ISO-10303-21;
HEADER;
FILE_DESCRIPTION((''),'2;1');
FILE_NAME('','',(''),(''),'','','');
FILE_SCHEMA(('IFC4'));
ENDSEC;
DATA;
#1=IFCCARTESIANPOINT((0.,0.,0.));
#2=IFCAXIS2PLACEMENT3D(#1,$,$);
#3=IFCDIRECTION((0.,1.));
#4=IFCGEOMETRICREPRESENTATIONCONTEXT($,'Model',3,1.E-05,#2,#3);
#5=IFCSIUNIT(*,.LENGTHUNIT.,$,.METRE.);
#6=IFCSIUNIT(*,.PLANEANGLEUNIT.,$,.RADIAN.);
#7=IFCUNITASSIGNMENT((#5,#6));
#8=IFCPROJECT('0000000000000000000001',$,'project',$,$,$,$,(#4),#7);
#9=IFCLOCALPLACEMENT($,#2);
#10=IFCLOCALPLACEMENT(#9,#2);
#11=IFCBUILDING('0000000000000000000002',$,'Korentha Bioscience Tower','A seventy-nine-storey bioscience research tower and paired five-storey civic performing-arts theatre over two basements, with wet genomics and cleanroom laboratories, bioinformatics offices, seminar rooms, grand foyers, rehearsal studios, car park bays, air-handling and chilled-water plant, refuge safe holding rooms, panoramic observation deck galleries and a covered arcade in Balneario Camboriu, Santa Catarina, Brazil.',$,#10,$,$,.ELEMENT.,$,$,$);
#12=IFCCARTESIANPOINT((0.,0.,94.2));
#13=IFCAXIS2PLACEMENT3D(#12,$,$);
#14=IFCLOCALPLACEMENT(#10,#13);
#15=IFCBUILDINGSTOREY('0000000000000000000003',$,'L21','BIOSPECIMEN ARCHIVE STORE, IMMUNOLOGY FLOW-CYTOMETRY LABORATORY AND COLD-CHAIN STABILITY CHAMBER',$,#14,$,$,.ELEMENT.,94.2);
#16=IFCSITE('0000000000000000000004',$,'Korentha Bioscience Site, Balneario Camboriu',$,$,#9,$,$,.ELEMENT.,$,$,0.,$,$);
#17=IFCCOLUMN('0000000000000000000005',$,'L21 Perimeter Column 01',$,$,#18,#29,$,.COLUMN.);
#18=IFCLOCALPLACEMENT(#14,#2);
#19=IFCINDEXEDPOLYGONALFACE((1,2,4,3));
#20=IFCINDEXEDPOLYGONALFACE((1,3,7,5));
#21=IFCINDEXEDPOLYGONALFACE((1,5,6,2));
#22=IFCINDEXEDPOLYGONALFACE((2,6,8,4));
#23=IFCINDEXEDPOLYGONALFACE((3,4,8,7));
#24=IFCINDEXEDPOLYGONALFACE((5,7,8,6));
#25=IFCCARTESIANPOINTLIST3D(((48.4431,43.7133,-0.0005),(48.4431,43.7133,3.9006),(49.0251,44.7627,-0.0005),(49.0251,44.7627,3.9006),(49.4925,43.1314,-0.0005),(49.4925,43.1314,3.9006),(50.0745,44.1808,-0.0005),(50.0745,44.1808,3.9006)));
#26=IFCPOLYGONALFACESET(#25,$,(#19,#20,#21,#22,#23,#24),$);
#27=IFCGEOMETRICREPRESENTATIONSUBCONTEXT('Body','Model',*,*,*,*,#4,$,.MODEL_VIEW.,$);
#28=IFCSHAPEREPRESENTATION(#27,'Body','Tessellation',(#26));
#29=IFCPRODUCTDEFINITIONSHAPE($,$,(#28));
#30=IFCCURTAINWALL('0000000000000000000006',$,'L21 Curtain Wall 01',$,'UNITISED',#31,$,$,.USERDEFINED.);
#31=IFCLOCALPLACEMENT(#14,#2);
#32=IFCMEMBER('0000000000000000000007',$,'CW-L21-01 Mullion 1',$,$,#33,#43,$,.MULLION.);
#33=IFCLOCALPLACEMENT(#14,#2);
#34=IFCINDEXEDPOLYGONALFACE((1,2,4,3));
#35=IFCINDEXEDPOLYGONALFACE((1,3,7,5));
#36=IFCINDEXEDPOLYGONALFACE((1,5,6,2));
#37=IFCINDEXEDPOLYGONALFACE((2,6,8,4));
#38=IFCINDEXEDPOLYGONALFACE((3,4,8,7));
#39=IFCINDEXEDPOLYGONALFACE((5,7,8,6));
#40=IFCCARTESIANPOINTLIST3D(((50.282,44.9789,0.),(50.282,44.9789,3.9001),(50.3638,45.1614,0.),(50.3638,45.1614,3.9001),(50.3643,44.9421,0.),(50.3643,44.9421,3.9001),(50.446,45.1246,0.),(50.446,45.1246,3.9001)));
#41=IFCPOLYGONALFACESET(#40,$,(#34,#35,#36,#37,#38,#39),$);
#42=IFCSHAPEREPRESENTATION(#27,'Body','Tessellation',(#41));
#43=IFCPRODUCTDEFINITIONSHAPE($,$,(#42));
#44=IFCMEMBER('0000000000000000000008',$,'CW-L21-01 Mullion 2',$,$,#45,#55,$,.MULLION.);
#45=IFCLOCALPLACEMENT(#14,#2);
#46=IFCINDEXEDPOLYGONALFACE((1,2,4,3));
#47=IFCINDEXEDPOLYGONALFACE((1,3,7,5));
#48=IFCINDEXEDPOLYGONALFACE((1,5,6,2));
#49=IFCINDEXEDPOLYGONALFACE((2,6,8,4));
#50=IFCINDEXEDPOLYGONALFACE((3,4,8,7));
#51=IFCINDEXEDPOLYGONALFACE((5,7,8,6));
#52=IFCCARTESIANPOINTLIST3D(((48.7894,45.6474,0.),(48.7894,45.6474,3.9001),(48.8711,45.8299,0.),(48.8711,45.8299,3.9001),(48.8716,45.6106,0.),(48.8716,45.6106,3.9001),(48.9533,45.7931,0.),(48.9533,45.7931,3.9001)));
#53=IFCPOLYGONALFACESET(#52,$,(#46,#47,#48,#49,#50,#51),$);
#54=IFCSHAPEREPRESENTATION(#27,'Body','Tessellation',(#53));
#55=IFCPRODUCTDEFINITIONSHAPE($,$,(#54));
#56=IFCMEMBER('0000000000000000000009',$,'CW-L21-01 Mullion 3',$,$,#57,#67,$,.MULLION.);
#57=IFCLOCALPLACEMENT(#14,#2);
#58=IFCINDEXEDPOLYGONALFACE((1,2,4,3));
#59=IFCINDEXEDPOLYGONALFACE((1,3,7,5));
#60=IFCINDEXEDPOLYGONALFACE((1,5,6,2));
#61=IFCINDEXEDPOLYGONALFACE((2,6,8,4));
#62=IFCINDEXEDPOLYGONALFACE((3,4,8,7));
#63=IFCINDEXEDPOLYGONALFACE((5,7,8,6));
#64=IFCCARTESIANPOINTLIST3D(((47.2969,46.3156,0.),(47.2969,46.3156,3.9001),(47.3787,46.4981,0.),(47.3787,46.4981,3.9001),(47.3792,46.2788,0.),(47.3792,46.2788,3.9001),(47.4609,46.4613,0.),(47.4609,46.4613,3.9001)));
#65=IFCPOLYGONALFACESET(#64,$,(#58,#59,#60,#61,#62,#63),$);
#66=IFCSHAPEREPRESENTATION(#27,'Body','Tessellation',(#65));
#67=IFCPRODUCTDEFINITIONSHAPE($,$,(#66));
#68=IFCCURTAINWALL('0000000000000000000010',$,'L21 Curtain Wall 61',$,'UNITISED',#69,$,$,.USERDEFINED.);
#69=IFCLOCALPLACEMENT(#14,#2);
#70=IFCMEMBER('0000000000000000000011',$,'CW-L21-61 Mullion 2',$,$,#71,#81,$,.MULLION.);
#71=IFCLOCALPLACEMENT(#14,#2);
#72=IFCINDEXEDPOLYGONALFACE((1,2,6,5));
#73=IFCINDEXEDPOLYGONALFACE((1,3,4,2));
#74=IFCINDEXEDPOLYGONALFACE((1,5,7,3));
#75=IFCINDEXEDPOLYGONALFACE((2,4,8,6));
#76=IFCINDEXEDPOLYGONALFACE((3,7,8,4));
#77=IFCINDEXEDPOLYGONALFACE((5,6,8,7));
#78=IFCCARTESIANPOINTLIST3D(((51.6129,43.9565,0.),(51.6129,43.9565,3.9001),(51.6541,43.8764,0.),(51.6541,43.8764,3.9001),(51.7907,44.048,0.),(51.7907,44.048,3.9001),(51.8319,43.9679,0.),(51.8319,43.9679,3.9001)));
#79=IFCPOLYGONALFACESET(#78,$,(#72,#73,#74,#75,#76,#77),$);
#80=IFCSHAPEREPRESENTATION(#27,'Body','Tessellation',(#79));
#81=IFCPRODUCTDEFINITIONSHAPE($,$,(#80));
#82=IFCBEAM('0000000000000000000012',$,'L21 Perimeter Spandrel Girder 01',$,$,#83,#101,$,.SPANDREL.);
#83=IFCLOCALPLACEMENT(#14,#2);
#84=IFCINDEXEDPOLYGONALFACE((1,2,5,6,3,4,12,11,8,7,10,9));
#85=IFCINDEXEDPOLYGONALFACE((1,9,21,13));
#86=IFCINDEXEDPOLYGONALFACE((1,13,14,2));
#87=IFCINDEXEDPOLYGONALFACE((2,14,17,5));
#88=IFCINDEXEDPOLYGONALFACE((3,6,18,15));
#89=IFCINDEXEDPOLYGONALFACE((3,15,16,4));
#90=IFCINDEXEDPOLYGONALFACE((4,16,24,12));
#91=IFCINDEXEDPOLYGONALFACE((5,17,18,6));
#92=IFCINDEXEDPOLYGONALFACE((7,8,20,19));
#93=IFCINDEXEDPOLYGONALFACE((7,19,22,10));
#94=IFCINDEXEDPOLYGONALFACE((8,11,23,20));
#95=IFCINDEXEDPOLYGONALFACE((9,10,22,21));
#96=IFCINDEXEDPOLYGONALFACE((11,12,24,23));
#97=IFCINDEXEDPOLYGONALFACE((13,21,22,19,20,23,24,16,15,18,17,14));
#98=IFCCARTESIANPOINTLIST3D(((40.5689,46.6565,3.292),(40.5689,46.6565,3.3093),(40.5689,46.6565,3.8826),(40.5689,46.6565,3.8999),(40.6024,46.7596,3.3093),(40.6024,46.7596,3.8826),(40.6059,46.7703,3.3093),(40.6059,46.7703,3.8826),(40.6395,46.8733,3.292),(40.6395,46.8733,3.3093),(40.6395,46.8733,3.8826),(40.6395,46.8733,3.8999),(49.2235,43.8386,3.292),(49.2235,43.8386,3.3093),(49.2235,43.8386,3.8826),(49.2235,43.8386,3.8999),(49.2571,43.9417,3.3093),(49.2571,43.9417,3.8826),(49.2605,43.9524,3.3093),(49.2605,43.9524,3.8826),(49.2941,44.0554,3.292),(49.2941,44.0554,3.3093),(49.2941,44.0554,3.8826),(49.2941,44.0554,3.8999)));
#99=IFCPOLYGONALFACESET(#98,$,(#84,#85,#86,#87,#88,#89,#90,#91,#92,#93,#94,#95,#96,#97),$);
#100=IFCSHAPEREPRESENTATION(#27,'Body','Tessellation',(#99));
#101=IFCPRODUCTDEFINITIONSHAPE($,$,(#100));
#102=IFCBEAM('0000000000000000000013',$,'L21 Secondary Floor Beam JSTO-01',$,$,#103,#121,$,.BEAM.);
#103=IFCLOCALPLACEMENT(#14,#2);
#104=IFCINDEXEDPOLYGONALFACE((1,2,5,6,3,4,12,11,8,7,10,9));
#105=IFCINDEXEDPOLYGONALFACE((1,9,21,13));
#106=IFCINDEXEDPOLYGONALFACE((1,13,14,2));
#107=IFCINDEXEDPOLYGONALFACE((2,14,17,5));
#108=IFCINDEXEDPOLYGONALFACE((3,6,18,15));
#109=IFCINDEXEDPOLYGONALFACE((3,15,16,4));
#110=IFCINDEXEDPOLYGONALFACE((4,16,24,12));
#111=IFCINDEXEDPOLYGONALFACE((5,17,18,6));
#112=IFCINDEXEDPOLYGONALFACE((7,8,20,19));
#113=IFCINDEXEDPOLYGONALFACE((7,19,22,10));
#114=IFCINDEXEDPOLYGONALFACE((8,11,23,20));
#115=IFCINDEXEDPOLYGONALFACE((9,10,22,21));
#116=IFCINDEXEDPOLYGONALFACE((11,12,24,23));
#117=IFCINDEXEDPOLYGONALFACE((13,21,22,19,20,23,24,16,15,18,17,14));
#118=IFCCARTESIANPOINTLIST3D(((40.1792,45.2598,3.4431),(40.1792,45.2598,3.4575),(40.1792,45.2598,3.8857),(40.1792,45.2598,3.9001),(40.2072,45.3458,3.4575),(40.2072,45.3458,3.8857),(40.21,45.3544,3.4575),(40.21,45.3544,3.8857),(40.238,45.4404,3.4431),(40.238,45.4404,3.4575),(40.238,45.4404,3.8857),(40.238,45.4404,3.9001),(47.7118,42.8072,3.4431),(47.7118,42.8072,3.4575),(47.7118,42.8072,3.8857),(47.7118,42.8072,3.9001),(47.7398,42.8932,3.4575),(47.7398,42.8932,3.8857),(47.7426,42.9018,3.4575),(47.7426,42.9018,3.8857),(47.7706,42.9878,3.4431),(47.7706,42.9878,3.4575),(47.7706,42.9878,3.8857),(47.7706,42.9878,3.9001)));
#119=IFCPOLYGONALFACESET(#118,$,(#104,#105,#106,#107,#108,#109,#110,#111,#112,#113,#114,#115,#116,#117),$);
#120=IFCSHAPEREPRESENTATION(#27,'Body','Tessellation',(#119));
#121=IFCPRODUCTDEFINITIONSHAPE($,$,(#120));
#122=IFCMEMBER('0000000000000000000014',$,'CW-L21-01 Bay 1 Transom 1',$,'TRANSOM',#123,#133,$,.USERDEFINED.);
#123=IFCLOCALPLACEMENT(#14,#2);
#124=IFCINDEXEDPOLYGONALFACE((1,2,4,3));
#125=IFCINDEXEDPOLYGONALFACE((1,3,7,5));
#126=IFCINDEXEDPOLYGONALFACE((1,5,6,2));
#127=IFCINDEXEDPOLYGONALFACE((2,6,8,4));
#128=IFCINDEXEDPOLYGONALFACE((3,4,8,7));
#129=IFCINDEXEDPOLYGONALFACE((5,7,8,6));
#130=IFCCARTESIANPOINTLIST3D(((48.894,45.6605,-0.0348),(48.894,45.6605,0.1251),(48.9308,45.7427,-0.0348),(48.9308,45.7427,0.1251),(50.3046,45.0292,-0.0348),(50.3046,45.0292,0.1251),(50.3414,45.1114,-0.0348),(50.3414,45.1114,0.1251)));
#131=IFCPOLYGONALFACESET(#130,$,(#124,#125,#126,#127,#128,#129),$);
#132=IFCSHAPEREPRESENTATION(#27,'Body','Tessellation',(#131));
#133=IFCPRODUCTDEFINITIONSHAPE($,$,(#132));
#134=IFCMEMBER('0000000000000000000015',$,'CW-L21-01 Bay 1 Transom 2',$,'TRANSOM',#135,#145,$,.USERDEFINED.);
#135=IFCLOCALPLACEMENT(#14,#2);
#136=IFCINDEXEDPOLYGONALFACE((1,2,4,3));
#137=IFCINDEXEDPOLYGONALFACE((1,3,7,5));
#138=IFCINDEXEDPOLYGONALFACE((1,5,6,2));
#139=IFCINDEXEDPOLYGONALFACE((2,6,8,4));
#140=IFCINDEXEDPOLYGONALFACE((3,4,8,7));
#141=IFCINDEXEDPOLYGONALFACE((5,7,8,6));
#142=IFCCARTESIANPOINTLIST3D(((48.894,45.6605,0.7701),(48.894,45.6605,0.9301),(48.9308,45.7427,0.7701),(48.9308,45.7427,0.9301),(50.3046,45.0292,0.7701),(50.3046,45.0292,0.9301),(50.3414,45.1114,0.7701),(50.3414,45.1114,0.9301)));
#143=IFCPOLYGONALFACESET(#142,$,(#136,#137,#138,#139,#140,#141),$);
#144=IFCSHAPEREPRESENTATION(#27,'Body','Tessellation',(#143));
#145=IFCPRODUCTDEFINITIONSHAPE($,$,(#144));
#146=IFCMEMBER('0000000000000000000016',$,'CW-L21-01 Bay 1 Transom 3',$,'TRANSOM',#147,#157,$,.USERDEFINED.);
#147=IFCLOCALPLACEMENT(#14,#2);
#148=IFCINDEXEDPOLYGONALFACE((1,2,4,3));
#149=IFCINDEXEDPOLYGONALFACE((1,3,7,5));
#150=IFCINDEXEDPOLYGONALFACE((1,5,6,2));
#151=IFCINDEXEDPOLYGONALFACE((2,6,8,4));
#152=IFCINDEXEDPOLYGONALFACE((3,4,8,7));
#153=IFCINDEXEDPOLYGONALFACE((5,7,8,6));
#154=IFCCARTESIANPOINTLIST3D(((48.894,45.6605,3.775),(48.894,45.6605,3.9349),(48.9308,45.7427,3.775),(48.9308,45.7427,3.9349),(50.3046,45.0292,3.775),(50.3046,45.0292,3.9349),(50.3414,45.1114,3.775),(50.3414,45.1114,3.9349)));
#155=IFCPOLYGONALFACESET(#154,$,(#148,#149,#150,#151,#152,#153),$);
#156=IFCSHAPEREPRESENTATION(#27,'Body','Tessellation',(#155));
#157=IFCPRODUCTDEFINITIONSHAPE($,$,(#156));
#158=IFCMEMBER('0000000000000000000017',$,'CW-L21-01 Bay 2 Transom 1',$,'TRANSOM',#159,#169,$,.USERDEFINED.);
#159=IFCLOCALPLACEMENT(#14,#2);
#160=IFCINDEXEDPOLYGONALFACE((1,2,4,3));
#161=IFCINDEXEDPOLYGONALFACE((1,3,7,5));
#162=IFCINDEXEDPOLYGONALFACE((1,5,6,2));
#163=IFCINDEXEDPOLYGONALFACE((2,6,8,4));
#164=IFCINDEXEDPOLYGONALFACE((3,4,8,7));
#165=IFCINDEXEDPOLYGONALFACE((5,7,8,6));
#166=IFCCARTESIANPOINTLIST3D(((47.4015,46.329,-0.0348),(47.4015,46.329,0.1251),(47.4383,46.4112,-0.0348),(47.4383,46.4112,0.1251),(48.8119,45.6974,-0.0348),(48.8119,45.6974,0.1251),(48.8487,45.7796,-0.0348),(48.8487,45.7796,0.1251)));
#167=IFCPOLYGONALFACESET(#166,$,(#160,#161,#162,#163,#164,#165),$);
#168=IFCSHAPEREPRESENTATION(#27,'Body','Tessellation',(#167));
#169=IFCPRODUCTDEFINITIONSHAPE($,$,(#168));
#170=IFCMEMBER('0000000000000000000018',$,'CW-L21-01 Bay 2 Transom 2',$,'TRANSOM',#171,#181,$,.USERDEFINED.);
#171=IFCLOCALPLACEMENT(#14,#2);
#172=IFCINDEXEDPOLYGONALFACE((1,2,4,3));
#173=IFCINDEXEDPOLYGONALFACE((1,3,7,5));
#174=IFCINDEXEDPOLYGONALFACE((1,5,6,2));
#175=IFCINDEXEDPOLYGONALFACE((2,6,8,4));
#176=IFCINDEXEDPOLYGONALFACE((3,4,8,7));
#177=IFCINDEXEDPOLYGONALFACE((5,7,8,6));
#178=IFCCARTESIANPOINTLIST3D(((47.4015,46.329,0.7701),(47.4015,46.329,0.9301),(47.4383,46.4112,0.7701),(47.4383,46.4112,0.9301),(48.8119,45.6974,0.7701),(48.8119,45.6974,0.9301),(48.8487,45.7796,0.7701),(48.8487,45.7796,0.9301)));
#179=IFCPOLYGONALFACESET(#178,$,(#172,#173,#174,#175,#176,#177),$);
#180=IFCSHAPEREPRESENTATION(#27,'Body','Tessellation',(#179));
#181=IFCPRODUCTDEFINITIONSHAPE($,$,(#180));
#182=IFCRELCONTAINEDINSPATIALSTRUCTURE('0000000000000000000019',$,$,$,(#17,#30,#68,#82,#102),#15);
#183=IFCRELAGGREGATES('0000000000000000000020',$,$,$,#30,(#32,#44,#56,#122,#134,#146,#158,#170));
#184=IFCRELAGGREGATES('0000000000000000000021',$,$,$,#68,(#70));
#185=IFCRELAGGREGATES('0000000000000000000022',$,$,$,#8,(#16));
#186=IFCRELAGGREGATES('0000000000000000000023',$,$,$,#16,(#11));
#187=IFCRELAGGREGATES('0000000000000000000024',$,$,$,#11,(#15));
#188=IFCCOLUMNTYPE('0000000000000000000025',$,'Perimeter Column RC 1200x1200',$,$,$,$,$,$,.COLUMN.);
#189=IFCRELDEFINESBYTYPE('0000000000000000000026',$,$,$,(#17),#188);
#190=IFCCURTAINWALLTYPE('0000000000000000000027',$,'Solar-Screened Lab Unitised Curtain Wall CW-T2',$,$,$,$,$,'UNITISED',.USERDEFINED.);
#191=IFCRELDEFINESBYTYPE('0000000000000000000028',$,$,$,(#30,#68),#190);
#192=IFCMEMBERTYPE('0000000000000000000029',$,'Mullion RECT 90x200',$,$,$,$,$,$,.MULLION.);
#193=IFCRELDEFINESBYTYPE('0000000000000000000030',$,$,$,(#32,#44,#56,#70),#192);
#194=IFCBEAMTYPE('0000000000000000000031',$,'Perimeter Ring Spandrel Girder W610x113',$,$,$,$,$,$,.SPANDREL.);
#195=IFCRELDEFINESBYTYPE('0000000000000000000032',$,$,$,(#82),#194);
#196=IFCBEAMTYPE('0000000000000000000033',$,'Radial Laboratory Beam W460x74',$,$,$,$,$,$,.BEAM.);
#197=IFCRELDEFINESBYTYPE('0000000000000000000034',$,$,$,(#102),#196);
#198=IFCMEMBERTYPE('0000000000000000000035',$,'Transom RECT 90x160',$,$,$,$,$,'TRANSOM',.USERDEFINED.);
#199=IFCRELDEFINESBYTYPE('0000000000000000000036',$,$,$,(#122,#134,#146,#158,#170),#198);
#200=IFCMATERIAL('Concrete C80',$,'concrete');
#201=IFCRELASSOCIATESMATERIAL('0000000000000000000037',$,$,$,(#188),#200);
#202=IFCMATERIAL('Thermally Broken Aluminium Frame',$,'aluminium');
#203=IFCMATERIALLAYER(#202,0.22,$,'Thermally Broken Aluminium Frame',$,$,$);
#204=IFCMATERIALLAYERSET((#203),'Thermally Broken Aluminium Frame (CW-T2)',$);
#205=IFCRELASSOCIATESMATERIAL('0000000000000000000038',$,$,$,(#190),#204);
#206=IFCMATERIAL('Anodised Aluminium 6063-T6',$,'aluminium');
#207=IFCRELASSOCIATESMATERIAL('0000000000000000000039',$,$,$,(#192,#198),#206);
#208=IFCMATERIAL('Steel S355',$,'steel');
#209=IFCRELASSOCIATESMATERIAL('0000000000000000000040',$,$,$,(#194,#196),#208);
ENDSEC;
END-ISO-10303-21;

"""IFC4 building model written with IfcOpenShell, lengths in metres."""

from ifc_helpers import new_model, si_unit, direction, frame, origin, origin_2d, place, context, subcontext, project, spatial, rectangle, i_section, extrude, material, layer, layer_set, material_profile, profile_set, type_object, element, aggregate, save


model = new_model("IFC4")

# Units and contexts
model_context = context("Model", 3, precision=1e-05, world=origin(), true_north=direction((0.0, 1.0)))
body_context = subcontext(model_context, "Body", "Model", "MODEL_VIEW")
ifc_project = project(units=[si_unit("LENGTHUNIT", "METRE"), si_unit("PLANEANGLEUNIT", "RADIAN")], contexts=[model_context])

# Site, building, storey
site_placement = place(None, origin())
site = spatial("IfcSite", under=ifc_project, at=site_placement, Name="Korentha Bioscience Site, Balneario Camboriu", CompositionType="ELEMENT", RefElevation=0.0)
building_placement = place(site_placement, origin())
building = spatial("IfcBuilding", under=site, at=building_placement, Name="Korentha Bioscience Tower", Description="A seventy-nine-storey bioscience research tower and paired five-storey civic performing-arts theatre over two basements, with wet genomics and cleanroom laboratories, bioinformatics offices, seminar rooms, grand foyers, rehearsal studios, car park bays, air-handling and chilled-water plant, refuge safe holding rooms, panoramic observation deck galleries and a covered arcade in Balneario Camboriu, Santa Catarina, Brazil.", CompositionType="ELEMENT")
storey_placement = place(building_placement, frame((0.0, 0.0, 94.2)))
storey = spatial("IfcBuildingStorey", under=building, at=storey_placement, Name="L21", Description="BIOSPECIMEN ARCHIVE STORE, IMMUNOLOGY FLOW-CYTOMETRY LABORATORY AND COLD-CHAIN STABILITY CHAMBER", CompositionType="ELEMENT", Elevation=94.2)

# Column
ifc_material_1 = material(Name="Concrete C80", Category="concrete")
ifc_material_profile_1 = material_profile(ifc_material_1, rectangle(XDim=1.2, YDim=1.2, at=origin_2d()), Name="Concrete C80")
ifc_profile_set_1 = profile_set([ifc_material_profile_1], Name="Concrete C80 (COL-P12)")
column_type = type_object("IfcColumnType", Name="Perimeter Column RC 1200x1200", PredefinedType="COLUMN", material=ifc_profile_set_1)
column_placement = place(storey_placement, frame((49.2588, 43.947, -0.0005), z_axis=(0.0, 0.0, 1.0), x_axis=(-0.874535, 0.484962, 0.0)))
element("IfcColumn", 1, at=column_placement, inside=storey, type_object=column_type, Name="L21 Perimeter Column 01", PredefinedType="COLUMN", context=body_context, shape_type="SweptSolid", body=[
    extrude(rectangle(XDim=1.2, YDim=1.2, at=origin_2d()), origin(), (0.0, 0.0, 1.0), 3.9011),
])

# Curtain wall, members
ifc_material_2 = material(Name="Thermally Broken Aluminium Frame", Category="aluminium")
ifc_layer_1 = layer(ifc_material_2, 0.22, Name="Thermally Broken Aluminium Frame")
ifc_layer_set_1 = layer_set([ifc_layer_1], Name="Thermally Broken Aluminium Frame (CW-T2)")
curtain_wall_type = type_object("IfcCurtainWallType", Name="Solar-Screened Lab Unitised Curtain Wall CW-T2", ElementType="UNITISED", PredefinedType="USERDEFINED", material=ifc_layer_set_1)
curtain_wall_1_placement = place(storey_placement, origin())
curtain_wall_1 = element("IfcCurtainWall", 2, at=curtain_wall_1_placement, inside=storey, type_object=curtain_wall_type, Name="L21 Curtain Wall 01", ObjectType="UNITISED", PredefinedType="USERDEFINED")
ifc_material_3 = material(Name="Anodised Aluminium 6063-T6", Category="aluminium")
ifc_material_profile_2 = material_profile(ifc_material_3, rectangle(XDim=0.0901, YDim=0.2, at=origin_2d()), Name="Anodised Aluminium 6063-T6")
ifc_profile_set_2 = profile_set([ifc_material_profile_2], Name="Anodised Aluminium 6063-T6 (CW-MUL)")
member_type_1 = type_object("IfcMemberType", Name="Mullion RECT 90x200", PredefinedType="MULLION", material=ifc_profile_set_2)
member_1_placement = place(storey_placement, frame((50.364, 45.0518, 0.0), z_axis=(0.0, 0.0, 1.0), x_axis=(-0.912687, 0.40866, 0.0)))
member_1 = element("IfcMember", 3, at=member_1_placement, type_object=member_type_1, Name="CW-L21-01 Mullion 1", PredefinedType="MULLION", context=body_context, shape_type="SweptSolid", body=[
    extrude(rectangle(XDim=0.0901, YDim=0.2, at=origin_2d()), origin(), (0.0, 0.0, 1.0), 3.9001),
])
member_2_placement = place(storey_placement, frame((48.8713, 45.7202, 0.0), z_axis=(0.0, 0.0, 1.0), x_axis=(-0.912687, 0.40866, 0.0)))
member_2 = element("IfcMember", 4, at=member_2_placement, type_object=member_type_1, Name="CW-L21-01 Mullion 2", PredefinedType="MULLION", context=body_context, shape_type="SweptSolid", body=[
    extrude(rectangle(XDim=0.0901, YDim=0.2, at=origin_2d()), origin(), (0.0, 0.0, 1.0), 3.9001),
])
member_3_placement = place(storey_placement, frame((47.3789, 46.3884, 0.0), z_axis=(0.0, 0.0, 1.0), x_axis=(-0.912687, 0.40866, 0.0)))
member_3 = element("IfcMember", 5, at=member_3_placement, type_object=member_type_1, Name="CW-L21-01 Mullion 3", PredefinedType="MULLION", context=body_context, shape_type="SweptSolid", body=[
    extrude(rectangle(XDim=0.0901, YDim=0.2, at=origin_2d()), origin(), (0.0, 0.0, 1.0), 3.9001),
])

# Curtain wall, member
curtain_wall_2_placement = place(storey_placement, origin())
curtain_wall_2 = element("IfcCurtainWall", 6, at=curtain_wall_2_placement, inside=storey, type_object=curtain_wall_type, Name="L21 Curtain Wall 61", ObjectType="UNITISED", PredefinedType="USERDEFINED")
member_4_placement = place(storey_placement, frame((51.7224, 43.9622, 0.0), z_axis=(0.0, 0.0, 1.0), x_axis=(-0.457613, 0.889151, 0.0)))
member_4 = element("IfcMember", 7, at=member_4_placement, type_object=member_type_1, Name="CW-L21-61 Mullion 2", PredefinedType="MULLION", context=body_context, shape_type="SweptSolid", body=[
    extrude(rectangle(XDim=0.0901, YDim=0.2, at=origin_2d()), origin(), (0.0, 0.0, 1.0), 3.9001),
])

# Beams
ifc_material_4 = material(Name="Steel S355", Category="steel")
ifc_material_profile_3 = material_profile(ifc_material_4, i_section(OverallWidth=0.228, OverallDepth=0.6079, WebThickness=0.0112, FlangeThickness=0.0173, at=origin_2d()), Name="Steel S355")
ifc_profile_set_3 = profile_set([ifc_material_profile_3], Name="Steel S355 (SB-610)")
beam_type_1 = type_object("IfcBeamType", Name="Perimeter Ring Spandrel Girder W610x113", PredefinedType="SPANDREL", material=ifc_profile_set_3)
beam_1_placement = place(storey_placement, frame((49.2588, 43.947, 3.5959), z_axis=(-0.950868, 0.309597, 0.0), x_axis=(-0.309597, -0.950868, 0.0)))
element("IfcBeam", 8, at=beam_1_placement, inside=storey, type_object=beam_type_1, Name="L21 Perimeter Spandrel Girder 01", PredefinedType="SPANDREL", context=body_context, shape_type="SweptSolid", body=[
    extrude(i_section(OverallWidth=0.228, OverallDepth=0.6079, WebThickness=0.0112, FlangeThickness=0.0173, at=origin_2d()), origin(), (0.0, 0.0, 1.0), 9.1018),
])
ifc_material_profile_4 = material_profile(ifc_material_4, i_section(OverallWidth=0.1899, OverallDepth=0.457, WebThickness=0.009, FlangeThickness=0.0144, at=origin_2d()), Name="Steel S355")
ifc_profile_set_4 = profile_set([ifc_material_profile_4], Name="Steel S355 (RB-460)")
beam_type_2 = type_object("IfcBeamType", Name="Radial Laboratory Beam W460x74", PredefinedType="BEAM", material=ifc_profile_set_4)
beam_2_placement = place(storey_placement, frame((47.7412, 42.8975, 3.6716), z_axis=(-0.950867, 0.3096, 0.0), x_axis=(-0.3096, -0.950867, 0.0)))
element("IfcBeam", 9, at=beam_2_placement, inside=storey, type_object=beam_type_2, Name="L21 Secondary Floor Beam JSTO-01", PredefinedType="BEAM", context=body_context, shape_type="SweptSolid", body=[
    extrude(i_section(OverallWidth=0.1899, OverallDepth=0.457, WebThickness=0.009, FlangeThickness=0.0144, at=origin_2d()), origin(), (0.0, 0.0, 1.0), 7.9219),
])

# Members
ifc_material_profile_5 = material_profile(ifc_material_3, rectangle(XDim=0.0901, YDim=0.1599, at=origin_2d()), Name="Anodised Aluminium 6063-T6")
ifc_profile_set_5 = profile_set([ifc_material_profile_5], Name="Anodised Aluminium 6063-T6 (CW-TRN)")
member_type_2 = type_object("IfcMemberType", Name="Transom RECT 90x160", ElementType="TRANSOM", PredefinedType="USERDEFINED", material=ifc_profile_set_5)
member_5_placement = place(storey_placement, frame((50.323, 45.0703, 0.0452), z_axis=(-0.912753, 0.408512, 0.0), x_axis=(-0.408512, -0.912753, 0.0)))
member_5 = element("IfcMember", 10, at=member_5_placement, type_object=member_type_2, Name="CW-L21-01 Bay 1 Transom 1", ObjectType="TRANSOM", PredefinedType="USERDEFINED", context=body_context, shape_type="SweptSolid", body=[
    extrude(rectangle(XDim=0.0901, YDim=0.1599, at=origin_2d()), origin(), (0.0, 0.0, 1.0), 1.5454),
])
member_6_placement = place(storey_placement, frame((50.323, 45.0703, 0.8501), z_axis=(-0.912753, 0.408512, 0.0), x_axis=(-0.408512, -0.912753, 0.0)))
member_6 = element("IfcMember", 11, at=member_6_placement, type_object=member_type_2, Name="CW-L21-01 Bay 1 Transom 2", ObjectType="TRANSOM", PredefinedType="USERDEFINED", context=body_context, shape_type="SweptSolid", body=[
    extrude(rectangle(XDim=0.0901, YDim=0.1599, at=origin_2d()), origin(), (0.0, 0.0, 1.0), 1.5454),
])
member_7_placement = place(storey_placement, frame((50.323, 45.0703, 3.855), z_axis=(-0.912753, 0.408512, 0.0), x_axis=(-0.408512, -0.912753, 0.0)))
member_7 = element("IfcMember", 12, at=member_7_placement, type_object=member_type_2, Name="CW-L21-01 Bay 1 Transom 3", ObjectType="TRANSOM", PredefinedType="USERDEFINED", context=body_context, shape_type="SweptSolid", body=[
    extrude(rectangle(XDim=0.0901, YDim=0.1599, at=origin_2d()), origin(), (0.0, 0.0, 1.0), 1.5454),
])
member_8_placement = place(storey_placement, frame((48.8303, 45.7385, 0.0452), z_axis=(-0.912668, 0.408702, 0.0), x_axis=(-0.408702, -0.912668, 0.0)))
member_8 = element("IfcMember", 13, at=member_8_placement, type_object=member_type_2, Name="CW-L21-01 Bay 2 Transom 1", ObjectType="TRANSOM", PredefinedType="USERDEFINED", context=body_context, shape_type="SweptSolid", body=[
    extrude(rectangle(XDim=0.0901, YDim=0.1599, at=origin_2d()), origin(), (0.0, 0.0, 1.0), 1.5454),
])
member_9_placement = place(storey_placement, frame((48.8303, 45.7385, 0.8501), z_axis=(-0.912668, 0.408702, 0.0), x_axis=(-0.408702, -0.912668, 0.0)))
member_9 = element("IfcMember", 14, at=member_9_placement, type_object=member_type_2, Name="CW-L21-01 Bay 2 Transom 2", ObjectType="TRANSOM", PredefinedType="USERDEFINED", context=body_context, shape_type="SweptSolid", body=[
    extrude(rectangle(XDim=0.0901, YDim=0.1599, at=origin_2d()), origin(), (0.0, 0.0, 1.0), 1.5454),
])

aggregate(curtain_wall_1, [member_1, member_2, member_3, member_5, member_6, member_7, member_8, member_9])
aggregate(curtain_wall_2, [member_4])

save(model, "model.ifc")
